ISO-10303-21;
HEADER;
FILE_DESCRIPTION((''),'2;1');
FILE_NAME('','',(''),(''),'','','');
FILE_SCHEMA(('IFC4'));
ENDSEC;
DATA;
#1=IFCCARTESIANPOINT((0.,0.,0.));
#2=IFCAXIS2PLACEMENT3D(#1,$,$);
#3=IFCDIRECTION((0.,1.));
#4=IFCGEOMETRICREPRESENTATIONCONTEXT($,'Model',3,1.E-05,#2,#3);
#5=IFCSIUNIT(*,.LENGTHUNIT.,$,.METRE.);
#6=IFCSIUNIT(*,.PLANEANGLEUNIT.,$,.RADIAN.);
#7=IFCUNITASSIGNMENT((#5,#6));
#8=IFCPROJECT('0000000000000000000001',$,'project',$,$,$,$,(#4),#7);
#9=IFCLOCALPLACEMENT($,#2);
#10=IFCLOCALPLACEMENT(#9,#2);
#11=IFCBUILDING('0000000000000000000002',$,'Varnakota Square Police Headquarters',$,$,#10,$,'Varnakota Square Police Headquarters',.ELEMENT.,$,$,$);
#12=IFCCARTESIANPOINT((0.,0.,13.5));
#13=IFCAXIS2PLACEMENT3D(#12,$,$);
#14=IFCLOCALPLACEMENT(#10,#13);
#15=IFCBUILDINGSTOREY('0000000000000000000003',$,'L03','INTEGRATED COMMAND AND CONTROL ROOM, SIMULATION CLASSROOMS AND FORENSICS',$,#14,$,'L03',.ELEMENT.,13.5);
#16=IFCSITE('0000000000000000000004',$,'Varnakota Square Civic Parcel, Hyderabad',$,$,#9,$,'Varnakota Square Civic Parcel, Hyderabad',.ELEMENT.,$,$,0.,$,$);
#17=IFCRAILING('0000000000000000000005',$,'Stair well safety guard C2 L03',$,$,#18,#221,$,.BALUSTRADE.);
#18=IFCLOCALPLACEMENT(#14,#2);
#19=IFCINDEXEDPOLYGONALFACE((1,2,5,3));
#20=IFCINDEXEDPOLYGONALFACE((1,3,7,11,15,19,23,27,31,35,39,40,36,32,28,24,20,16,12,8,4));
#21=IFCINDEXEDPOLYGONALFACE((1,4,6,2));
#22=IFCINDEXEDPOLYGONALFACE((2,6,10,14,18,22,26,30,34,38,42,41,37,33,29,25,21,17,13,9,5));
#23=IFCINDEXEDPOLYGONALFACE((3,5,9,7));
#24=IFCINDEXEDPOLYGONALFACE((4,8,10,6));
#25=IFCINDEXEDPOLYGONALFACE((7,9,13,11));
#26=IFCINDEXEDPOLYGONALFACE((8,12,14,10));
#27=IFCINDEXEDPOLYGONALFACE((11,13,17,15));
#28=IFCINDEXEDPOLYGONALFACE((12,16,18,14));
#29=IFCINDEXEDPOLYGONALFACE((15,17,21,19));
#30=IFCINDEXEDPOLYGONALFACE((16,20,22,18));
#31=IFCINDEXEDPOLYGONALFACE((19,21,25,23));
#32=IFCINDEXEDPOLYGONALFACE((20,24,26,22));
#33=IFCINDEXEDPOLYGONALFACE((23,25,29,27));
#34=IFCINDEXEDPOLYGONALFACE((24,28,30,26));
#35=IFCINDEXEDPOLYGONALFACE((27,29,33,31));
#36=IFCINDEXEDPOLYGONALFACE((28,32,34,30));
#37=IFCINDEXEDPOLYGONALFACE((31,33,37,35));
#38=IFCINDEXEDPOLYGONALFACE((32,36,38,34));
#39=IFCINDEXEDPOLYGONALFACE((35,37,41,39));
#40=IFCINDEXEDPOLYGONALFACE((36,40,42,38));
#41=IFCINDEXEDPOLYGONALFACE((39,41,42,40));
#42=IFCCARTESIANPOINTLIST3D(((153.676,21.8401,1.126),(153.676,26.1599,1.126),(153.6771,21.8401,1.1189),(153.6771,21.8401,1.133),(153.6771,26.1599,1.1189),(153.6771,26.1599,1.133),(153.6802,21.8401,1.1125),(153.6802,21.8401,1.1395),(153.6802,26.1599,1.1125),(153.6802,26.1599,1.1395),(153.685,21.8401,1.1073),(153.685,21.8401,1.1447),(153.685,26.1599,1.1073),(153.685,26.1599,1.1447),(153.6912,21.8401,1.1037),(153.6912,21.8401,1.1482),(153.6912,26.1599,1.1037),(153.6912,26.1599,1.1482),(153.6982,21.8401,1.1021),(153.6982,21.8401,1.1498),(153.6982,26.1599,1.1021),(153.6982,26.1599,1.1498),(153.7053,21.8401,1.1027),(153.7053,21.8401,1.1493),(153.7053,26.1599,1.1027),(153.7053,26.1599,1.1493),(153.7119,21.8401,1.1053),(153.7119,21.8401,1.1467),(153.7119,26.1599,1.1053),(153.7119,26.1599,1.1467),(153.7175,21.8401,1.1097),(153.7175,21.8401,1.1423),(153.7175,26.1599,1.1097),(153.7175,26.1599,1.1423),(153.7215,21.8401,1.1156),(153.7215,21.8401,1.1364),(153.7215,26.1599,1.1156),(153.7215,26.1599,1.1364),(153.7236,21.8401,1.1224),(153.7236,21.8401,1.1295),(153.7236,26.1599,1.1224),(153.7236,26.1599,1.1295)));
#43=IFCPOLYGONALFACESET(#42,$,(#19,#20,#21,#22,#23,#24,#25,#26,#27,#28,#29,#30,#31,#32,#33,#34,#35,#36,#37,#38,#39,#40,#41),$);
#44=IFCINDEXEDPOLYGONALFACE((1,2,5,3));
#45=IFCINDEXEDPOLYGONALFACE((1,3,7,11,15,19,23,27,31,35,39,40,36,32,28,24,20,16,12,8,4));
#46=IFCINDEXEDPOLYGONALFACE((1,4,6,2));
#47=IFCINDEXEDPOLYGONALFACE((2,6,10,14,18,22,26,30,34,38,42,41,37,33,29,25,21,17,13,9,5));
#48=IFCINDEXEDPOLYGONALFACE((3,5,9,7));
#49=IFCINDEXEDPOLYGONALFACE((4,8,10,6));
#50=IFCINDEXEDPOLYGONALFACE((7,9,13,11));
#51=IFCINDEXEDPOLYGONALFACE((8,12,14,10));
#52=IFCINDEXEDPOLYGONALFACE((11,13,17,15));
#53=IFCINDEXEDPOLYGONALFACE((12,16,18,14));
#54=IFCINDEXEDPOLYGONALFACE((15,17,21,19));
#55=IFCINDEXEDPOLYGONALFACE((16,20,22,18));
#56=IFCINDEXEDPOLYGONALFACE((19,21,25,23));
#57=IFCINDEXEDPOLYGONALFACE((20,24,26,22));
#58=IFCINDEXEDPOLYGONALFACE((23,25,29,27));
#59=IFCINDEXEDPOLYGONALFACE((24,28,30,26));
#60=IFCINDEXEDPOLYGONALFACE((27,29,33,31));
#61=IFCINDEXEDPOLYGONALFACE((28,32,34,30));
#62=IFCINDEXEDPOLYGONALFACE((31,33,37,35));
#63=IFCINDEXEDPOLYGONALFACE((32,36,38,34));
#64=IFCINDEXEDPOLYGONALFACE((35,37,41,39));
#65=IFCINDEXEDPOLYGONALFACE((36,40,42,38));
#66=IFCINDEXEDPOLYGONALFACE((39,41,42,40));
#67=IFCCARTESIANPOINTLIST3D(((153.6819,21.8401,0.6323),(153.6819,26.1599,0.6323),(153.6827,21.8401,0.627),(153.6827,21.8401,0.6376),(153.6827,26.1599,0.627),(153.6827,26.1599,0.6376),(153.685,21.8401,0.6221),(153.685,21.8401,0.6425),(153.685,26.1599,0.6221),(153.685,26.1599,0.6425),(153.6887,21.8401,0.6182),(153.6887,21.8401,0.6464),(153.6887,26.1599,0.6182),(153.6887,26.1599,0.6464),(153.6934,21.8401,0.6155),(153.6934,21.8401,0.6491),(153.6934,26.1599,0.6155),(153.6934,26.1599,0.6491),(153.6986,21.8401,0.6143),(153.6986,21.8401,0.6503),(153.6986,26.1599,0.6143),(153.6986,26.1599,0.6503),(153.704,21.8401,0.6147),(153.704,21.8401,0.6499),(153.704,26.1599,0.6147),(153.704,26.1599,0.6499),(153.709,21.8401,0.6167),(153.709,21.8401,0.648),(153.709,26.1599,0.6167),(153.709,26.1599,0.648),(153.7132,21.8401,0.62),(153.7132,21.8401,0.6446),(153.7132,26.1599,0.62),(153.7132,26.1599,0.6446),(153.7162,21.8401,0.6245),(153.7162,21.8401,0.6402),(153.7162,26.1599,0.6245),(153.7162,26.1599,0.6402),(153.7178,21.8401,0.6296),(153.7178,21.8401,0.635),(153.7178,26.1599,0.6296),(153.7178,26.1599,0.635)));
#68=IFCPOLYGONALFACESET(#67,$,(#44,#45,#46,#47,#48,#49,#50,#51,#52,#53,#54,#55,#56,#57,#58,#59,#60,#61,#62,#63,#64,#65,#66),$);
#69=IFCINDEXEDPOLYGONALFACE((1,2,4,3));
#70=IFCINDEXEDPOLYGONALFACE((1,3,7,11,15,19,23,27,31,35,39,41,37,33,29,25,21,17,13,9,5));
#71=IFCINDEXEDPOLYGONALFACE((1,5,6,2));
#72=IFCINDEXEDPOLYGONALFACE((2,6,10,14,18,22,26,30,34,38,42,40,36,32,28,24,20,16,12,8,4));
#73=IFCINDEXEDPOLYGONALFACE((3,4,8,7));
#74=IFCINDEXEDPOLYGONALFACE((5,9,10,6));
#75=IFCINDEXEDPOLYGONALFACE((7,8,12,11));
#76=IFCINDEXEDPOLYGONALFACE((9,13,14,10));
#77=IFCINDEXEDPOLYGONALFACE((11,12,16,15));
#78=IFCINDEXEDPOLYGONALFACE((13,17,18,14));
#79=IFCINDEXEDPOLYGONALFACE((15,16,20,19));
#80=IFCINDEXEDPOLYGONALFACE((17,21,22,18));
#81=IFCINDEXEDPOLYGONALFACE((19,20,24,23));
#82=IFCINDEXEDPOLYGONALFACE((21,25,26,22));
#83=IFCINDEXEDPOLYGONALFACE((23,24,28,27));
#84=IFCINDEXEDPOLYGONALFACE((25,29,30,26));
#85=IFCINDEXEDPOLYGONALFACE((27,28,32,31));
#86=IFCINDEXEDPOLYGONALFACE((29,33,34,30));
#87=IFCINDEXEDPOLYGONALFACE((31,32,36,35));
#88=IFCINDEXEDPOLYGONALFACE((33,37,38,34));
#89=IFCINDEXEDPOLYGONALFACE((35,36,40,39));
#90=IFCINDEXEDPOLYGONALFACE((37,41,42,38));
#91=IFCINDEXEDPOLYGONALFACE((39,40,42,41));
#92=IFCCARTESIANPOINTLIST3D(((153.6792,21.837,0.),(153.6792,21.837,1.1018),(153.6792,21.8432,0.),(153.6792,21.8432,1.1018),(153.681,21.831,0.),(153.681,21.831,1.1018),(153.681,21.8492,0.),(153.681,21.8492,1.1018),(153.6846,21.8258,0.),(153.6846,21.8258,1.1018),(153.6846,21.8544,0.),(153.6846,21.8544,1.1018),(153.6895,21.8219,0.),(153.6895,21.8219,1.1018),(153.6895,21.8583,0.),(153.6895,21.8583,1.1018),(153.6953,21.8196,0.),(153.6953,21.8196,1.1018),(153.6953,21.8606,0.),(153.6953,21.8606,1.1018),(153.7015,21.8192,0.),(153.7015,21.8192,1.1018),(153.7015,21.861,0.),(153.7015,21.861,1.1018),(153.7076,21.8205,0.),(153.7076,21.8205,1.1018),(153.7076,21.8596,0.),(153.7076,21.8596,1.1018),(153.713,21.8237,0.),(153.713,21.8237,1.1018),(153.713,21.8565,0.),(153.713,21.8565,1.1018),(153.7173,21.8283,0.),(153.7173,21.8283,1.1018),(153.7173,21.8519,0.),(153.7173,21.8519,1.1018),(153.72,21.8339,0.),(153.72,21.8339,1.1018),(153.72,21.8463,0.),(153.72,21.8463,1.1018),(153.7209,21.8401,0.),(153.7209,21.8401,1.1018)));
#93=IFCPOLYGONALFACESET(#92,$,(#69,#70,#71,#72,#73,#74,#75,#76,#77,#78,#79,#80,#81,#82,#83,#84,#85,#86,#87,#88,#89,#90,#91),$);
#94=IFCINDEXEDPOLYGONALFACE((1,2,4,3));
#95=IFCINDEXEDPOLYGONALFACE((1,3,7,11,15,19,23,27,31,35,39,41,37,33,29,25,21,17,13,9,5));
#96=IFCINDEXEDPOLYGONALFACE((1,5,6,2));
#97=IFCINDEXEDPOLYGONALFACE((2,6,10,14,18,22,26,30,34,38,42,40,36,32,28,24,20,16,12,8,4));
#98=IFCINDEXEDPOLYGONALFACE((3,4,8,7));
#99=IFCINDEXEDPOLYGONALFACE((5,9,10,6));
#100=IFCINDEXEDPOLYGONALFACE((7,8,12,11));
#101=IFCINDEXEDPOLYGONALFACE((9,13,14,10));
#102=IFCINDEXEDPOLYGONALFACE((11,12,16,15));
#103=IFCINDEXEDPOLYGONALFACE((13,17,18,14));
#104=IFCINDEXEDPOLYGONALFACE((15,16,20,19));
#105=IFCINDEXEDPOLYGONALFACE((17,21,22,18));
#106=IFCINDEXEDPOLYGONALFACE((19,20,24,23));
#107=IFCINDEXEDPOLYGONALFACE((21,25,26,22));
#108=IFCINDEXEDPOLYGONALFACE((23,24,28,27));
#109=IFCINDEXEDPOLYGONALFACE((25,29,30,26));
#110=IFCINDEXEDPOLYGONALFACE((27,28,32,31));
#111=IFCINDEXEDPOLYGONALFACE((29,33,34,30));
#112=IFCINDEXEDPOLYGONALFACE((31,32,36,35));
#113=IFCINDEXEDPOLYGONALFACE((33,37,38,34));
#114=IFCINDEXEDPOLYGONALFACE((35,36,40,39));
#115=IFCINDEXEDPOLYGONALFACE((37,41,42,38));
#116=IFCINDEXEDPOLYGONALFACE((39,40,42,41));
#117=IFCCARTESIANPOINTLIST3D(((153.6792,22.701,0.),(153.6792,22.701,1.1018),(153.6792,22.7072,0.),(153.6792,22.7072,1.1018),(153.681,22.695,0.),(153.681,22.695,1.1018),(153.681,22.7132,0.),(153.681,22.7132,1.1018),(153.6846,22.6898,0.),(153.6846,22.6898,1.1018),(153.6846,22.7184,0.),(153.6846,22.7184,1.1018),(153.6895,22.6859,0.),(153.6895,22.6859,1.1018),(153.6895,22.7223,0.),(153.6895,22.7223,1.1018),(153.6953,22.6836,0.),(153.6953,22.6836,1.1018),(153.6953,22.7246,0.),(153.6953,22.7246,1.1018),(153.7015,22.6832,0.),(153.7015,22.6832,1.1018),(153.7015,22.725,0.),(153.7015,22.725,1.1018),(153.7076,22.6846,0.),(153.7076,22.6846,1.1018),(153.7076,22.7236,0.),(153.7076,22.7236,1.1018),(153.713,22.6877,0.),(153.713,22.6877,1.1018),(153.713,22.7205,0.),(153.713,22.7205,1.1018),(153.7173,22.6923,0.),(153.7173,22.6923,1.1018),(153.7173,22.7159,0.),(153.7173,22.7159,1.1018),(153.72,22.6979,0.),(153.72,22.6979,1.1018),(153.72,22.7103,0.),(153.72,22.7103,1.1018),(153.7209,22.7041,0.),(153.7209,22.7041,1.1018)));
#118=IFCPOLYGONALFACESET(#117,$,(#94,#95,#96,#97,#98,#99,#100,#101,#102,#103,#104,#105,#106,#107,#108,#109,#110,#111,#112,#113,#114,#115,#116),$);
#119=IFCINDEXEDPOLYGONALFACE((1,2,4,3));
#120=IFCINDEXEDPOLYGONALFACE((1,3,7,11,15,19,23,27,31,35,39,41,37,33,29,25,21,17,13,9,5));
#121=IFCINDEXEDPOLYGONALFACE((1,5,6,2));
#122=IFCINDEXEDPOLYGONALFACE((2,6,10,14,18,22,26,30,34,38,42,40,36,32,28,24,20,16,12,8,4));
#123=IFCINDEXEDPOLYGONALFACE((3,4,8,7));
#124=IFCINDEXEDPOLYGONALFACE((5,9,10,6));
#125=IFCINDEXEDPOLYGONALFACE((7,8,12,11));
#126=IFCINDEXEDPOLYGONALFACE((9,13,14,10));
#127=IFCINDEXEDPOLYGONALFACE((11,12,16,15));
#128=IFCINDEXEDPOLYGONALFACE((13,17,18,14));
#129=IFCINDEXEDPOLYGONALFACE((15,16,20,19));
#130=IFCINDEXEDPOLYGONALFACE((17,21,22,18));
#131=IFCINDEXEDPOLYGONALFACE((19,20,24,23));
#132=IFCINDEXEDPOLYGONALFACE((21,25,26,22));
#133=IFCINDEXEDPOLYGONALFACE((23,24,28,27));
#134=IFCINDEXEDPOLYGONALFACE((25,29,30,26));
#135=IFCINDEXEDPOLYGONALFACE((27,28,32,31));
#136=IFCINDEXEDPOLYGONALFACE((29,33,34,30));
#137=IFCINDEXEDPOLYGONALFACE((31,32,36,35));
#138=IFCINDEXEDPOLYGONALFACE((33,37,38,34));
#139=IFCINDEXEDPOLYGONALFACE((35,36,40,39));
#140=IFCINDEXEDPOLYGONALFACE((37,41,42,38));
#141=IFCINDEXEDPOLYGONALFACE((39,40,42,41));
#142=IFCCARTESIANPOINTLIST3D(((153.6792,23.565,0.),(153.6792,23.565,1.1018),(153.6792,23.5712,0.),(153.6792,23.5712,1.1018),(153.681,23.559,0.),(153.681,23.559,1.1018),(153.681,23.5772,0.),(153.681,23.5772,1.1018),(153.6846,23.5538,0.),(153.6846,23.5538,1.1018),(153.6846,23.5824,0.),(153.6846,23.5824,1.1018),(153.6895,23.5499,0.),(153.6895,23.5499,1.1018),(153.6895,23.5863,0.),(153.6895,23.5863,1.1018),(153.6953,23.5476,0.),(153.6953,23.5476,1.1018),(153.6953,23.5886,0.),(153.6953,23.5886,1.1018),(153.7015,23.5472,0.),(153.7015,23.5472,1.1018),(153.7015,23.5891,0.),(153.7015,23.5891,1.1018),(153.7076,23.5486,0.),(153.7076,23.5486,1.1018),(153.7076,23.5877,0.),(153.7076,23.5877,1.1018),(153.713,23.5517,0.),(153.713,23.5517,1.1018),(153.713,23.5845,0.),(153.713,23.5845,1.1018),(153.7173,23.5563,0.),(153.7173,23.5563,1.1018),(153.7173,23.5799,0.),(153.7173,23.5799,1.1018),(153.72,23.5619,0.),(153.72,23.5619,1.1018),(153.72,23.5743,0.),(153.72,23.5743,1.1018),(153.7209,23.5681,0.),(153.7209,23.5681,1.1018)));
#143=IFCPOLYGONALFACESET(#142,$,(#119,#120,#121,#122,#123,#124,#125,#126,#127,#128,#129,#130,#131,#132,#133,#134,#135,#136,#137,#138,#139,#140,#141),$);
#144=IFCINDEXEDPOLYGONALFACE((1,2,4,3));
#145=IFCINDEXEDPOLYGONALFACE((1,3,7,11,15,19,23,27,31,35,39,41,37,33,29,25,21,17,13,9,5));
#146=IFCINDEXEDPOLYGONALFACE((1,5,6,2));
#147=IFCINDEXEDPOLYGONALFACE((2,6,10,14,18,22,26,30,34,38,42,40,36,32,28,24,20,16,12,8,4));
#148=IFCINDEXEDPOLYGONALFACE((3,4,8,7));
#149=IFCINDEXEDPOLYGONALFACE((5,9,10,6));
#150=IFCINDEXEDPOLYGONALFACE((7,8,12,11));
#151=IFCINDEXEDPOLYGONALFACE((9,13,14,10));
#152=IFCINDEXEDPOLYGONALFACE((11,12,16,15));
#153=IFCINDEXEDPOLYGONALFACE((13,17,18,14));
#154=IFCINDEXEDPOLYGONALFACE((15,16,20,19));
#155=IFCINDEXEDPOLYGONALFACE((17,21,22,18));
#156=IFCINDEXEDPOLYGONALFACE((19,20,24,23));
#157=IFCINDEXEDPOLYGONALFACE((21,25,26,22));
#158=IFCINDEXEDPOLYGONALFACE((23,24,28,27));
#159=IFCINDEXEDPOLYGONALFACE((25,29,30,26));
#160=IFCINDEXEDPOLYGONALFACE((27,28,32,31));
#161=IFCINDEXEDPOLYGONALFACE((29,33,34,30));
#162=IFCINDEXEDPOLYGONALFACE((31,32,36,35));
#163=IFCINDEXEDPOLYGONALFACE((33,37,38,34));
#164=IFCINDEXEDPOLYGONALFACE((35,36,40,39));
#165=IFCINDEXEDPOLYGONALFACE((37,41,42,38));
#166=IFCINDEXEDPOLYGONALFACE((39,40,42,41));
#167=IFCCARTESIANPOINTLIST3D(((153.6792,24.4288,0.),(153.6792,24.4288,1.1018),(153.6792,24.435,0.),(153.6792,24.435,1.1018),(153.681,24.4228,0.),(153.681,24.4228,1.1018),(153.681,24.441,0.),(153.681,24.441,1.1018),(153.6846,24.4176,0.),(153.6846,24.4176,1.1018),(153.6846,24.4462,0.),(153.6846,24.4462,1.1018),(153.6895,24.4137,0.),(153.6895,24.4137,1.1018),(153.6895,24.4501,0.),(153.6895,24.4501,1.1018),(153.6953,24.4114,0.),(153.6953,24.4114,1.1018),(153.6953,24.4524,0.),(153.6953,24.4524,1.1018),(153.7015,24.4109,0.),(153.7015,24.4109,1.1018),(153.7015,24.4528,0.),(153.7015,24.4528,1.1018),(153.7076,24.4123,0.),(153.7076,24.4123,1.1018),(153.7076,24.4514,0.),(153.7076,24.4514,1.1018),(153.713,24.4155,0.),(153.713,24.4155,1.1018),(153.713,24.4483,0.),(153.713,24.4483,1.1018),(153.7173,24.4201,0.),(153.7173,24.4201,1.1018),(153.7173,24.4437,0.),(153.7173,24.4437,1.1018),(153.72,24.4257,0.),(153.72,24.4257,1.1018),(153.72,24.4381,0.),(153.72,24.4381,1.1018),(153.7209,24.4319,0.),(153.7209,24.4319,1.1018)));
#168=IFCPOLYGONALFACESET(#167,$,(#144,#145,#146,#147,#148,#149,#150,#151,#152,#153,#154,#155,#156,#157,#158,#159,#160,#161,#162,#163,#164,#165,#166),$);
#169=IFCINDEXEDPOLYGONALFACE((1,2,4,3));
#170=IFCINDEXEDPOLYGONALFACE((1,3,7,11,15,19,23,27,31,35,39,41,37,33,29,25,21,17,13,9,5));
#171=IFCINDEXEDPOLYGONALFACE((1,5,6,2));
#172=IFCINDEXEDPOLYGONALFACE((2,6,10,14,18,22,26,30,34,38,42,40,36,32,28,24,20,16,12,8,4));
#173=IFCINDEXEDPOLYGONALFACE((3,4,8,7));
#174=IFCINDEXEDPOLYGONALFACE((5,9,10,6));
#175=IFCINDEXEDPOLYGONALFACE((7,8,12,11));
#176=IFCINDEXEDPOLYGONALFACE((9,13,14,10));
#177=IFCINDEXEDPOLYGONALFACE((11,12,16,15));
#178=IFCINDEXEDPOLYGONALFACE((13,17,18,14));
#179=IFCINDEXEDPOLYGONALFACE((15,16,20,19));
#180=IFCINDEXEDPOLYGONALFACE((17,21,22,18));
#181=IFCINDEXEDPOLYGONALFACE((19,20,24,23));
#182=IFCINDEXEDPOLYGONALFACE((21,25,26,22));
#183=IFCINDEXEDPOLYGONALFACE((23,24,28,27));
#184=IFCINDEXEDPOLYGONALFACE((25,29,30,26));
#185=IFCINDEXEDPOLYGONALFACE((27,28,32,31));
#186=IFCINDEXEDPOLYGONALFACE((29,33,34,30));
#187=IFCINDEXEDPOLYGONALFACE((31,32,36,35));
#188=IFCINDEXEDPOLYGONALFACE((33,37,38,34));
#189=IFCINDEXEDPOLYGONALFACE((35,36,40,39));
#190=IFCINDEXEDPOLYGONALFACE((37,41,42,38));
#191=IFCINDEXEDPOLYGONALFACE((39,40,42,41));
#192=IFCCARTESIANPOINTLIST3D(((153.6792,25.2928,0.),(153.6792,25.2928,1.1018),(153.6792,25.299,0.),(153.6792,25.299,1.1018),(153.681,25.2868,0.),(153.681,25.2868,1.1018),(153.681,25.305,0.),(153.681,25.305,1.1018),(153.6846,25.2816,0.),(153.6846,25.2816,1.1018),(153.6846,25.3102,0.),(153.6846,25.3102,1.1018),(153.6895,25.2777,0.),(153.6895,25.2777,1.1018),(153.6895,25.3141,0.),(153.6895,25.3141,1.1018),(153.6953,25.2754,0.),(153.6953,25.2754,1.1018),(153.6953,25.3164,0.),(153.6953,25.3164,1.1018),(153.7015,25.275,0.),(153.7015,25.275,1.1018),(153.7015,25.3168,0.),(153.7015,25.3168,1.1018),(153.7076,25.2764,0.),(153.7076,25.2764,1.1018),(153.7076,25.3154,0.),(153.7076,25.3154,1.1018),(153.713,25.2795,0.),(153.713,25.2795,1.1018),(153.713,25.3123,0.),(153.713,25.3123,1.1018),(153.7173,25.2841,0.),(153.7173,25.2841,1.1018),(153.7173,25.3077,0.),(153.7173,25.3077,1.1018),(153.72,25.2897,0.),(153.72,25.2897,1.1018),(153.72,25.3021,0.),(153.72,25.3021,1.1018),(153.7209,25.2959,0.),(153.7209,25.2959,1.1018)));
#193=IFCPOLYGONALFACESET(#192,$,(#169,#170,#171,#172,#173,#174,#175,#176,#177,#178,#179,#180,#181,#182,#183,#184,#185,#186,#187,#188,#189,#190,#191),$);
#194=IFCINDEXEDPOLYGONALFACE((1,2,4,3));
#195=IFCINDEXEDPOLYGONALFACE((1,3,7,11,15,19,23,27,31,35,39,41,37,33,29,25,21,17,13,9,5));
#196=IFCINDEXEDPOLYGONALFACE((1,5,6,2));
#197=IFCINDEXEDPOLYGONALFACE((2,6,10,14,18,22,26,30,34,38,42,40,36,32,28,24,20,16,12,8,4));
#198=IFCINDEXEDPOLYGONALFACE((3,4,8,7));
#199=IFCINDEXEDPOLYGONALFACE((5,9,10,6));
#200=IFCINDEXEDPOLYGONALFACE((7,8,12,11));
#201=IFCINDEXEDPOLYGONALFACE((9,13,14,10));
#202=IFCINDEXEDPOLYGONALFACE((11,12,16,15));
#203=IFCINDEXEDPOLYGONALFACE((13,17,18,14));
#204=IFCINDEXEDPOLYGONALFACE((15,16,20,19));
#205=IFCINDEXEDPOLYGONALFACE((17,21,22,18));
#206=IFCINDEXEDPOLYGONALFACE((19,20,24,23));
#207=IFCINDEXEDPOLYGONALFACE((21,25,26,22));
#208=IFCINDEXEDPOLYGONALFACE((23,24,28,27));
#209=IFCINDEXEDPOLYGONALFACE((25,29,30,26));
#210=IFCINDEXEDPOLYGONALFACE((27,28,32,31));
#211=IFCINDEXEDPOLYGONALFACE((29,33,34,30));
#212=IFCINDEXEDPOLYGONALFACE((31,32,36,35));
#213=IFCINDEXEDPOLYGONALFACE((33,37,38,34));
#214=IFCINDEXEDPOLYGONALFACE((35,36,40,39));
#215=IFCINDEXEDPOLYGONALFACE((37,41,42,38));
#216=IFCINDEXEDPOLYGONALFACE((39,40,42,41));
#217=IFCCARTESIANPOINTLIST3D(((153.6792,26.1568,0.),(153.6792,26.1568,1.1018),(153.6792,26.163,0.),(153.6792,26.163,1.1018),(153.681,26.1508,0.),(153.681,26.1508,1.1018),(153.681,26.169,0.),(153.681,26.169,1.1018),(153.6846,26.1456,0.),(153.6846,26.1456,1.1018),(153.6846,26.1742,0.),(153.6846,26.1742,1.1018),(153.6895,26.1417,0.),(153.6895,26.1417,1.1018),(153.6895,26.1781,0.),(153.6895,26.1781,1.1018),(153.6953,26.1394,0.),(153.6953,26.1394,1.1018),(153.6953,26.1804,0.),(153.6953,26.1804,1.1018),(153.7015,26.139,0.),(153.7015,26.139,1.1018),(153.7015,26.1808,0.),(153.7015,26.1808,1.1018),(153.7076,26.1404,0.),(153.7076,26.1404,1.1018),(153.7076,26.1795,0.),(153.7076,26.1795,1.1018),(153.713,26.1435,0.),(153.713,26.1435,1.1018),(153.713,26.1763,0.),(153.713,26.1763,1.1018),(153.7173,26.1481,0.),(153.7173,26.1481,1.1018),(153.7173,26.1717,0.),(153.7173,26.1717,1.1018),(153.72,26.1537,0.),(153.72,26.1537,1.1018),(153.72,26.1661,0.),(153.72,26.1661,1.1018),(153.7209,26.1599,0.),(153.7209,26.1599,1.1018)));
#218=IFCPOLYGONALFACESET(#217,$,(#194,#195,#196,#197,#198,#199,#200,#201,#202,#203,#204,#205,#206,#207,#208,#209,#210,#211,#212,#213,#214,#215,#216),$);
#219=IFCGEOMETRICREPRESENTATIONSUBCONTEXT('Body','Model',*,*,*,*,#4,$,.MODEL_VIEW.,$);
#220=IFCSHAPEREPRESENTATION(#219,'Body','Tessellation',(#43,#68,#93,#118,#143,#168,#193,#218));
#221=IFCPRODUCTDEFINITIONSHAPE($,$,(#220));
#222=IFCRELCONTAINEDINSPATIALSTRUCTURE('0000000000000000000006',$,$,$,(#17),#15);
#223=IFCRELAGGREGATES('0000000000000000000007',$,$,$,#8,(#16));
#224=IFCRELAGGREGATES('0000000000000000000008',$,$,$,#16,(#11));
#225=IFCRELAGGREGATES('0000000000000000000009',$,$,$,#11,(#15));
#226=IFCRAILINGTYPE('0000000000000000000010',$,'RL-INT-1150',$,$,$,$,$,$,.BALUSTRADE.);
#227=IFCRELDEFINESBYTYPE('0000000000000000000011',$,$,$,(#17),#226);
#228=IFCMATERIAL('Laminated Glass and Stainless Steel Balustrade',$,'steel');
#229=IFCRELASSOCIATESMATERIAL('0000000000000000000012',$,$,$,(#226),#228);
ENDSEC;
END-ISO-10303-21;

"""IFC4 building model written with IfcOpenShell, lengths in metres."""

from ifc_helpers import new_model, si_unit, direction, frame, origin, origin_2d, place, context, subcontext, project, spatial, circle, extrude, material, type_object, element, save


model = new_model("IFC4")

# Units and contexts
model_context = context("Model", 3, precision=1e-05, world=origin(), true_north=direction((0.0, 1.0)))
body_context = subcontext(model_context, "Body", "Model", "MODEL_VIEW")
ifc_project = project(units=[si_unit("LENGTHUNIT", "METRE"), si_unit("PLANEANGLEUNIT", "RADIAN")], contexts=[model_context])

# Site, building, storey
site_placement = place(None, origin())
site = spatial("IfcSite", under=ifc_project, at=site_placement, Name="Varnakota Square Civic Parcel, Hyderabad", LongName="Varnakota Square Civic Parcel, Hyderabad", CompositionType="ELEMENT", RefElevation=0.0)
building_placement = place(site_placement, origin())
building = spatial("IfcBuilding", under=site, at=building_placement, Name="Varnakota Square Police Headquarters", LongName="Varnakota Square Police Headquarters", CompositionType="ELEMENT")
storey_placement = place(building_placement, frame((0.0, 0.0, 13.5)))
storey = spatial("IfcBuildingStorey", under=building, at=storey_placement, Name="L03", Description="INTEGRATED COMMAND AND CONTROL ROOM, SIMULATION CLASSROOMS AND FORENSICS", LongName="L03", CompositionType="ELEMENT", Elevation=13.5)

# Railing
ifc_material_1 = material(Name="Laminated Glass and Stainless Steel Balustrade", Category="steel")
railing_type = type_object("IfcRailingType", Name="RL-INT-1150", PredefinedType="BALUSTRADE", material=ifc_material_1)
railing_placement = place(storey_placement, frame((153.7, 21.8401, 0.0)))
element("IfcRailing", 1, at=railing_placement, inside=storey, type_object=railing_type, Name="Stair well safety guard C2 L03", PredefinedType="BALUSTRADE", context=body_context, shape_type="SweptSolid", body=[
    extrude(circle(Radius=0.0239, at=origin_2d()), frame((0.0, 0.0, 1.126), z_axis=(0.0, 1.0, 0.0), x_axis=(-1.0, 0.0, 0.0)), (0.0, 0.0, 1.0), 4.3198),
    extrude(circle(Radius=0.0181, at=origin_2d()), frame((0.0, 0.0, 0.6323), z_axis=(0.0, 1.0, 0.0), x_axis=(-1.0, 0.0, 0.0)), (0.0, 0.0, 1.0), 4.3198),
    extrude(circle(Radius=0.021, at=origin_2d()), origin(), (0.0, 0.0, 1.0), 1.1018),
    extrude(circle(Radius=0.021, at=origin_2d()), frame((0.0, 0.864, 0.0)), (0.0, 0.0, 1.0), 1.1018),
    extrude(circle(Radius=0.021, at=origin_2d()), frame((0.0, 1.728, 0.0)), (0.0, 0.0, 1.0), 1.1018),
    extrude(circle(Radius=0.021, at=origin_2d()), frame((0.0, 2.5918, 0.0)), (0.0, 0.0, 1.0), 1.1018),
    extrude(circle(Radius=0.021, at=origin_2d()), frame((0.0, 3.4558, 0.0)), (0.0, 0.0, 1.0), 1.1018),
    extrude(circle(Radius=0.021, at=origin_2d()), frame((0.0, 4.3198, 0.0)), (0.0, 0.0, 1.0), 1.1018),
])

save(model, "model.ifc")
